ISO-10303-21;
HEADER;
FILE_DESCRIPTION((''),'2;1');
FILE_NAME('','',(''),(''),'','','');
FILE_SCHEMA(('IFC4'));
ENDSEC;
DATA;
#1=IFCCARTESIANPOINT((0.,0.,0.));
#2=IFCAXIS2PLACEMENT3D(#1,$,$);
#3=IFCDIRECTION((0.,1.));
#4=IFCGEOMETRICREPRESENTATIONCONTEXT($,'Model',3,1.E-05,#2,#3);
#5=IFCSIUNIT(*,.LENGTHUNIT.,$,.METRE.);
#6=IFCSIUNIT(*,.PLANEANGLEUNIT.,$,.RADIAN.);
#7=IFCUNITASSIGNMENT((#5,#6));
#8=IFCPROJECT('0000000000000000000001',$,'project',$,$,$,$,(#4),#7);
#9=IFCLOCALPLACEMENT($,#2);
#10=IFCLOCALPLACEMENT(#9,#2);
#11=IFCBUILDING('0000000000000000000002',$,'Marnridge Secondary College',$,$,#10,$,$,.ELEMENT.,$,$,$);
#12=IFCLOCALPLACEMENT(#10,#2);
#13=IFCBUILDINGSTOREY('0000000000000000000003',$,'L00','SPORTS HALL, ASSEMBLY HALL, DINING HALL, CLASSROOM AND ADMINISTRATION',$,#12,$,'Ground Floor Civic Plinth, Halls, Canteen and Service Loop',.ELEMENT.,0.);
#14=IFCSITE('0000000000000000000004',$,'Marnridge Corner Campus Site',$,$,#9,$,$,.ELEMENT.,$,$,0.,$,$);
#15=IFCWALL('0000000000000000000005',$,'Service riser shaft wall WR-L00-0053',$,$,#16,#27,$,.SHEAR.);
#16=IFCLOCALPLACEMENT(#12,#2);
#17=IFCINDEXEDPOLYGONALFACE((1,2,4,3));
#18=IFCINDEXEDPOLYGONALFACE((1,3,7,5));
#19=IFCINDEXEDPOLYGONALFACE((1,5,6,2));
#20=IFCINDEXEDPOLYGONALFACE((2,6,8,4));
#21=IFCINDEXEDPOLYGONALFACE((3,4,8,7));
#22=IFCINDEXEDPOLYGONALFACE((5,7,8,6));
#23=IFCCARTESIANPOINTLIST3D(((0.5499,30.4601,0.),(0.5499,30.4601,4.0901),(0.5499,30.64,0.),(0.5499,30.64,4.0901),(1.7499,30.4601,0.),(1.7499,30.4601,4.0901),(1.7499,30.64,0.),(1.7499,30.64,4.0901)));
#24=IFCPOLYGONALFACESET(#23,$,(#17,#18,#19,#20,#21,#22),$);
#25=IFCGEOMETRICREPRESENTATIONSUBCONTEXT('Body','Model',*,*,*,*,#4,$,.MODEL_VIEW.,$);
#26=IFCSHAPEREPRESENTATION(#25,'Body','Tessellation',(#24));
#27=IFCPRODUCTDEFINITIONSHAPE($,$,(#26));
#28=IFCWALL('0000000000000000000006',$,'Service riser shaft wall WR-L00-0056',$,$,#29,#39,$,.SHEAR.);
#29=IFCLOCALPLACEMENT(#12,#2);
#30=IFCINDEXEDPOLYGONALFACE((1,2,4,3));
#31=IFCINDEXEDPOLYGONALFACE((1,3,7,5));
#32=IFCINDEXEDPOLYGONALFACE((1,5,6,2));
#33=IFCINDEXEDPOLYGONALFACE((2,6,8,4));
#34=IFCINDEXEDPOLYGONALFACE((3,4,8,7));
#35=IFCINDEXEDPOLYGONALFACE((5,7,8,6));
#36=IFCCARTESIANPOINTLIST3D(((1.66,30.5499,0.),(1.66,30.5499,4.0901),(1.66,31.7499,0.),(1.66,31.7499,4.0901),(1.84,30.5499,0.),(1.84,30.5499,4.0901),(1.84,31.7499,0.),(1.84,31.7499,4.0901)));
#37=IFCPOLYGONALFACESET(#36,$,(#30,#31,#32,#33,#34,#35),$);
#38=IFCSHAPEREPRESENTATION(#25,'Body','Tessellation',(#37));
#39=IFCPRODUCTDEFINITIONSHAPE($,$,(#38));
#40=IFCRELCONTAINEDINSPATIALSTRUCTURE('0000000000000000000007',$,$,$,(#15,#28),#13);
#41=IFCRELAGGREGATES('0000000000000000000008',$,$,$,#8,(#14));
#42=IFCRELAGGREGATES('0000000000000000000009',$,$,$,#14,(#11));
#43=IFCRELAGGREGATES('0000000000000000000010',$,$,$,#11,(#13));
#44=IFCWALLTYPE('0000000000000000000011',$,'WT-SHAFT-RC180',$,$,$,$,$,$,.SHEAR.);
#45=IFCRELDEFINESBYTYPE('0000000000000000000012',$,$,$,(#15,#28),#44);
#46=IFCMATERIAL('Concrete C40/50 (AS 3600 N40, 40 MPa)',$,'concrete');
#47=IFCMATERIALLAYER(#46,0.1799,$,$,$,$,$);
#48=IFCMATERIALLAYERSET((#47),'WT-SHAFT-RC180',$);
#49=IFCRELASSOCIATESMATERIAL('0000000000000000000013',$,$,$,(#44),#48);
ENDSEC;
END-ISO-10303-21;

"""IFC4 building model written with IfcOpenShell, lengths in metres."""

from ifc_helpers import new_model, si_unit, direction, frame, frame_2d, origin, place, context, subcontext, project, spatial, rectangle, extrude, material, layer, layer_set, type_object, element, save


model = new_model("IFC4")

# Units and contexts
model_context = context("Model", 3, precision=1e-05, world=origin(), true_north=direction((0.0, 1.0)))
body_context = subcontext(model_context, "Body", "Model", "MODEL_VIEW")
ifc_project = project(units=[si_unit("LENGTHUNIT", "METRE"), si_unit("PLANEANGLEUNIT", "RADIAN")], contexts=[model_context])

# Site, building, storey
site_placement = place(None, origin())
site = spatial("IfcSite", under=ifc_project, at=site_placement, Name="Marnridge Corner Campus Site", CompositionType="ELEMENT", RefElevation=0.0)
building_placement = place(site_placement, origin())
building = spatial("IfcBuilding", under=site, at=building_placement, Name="Marnridge Secondary College", CompositionType="ELEMENT")
storey_placement = place(building_placement, origin())
storey = spatial("IfcBuildingStorey", under=building, at=storey_placement, Name="L00", Description="SPORTS HALL, ASSEMBLY HALL, DINING HALL, CLASSROOM AND ADMINISTRATION", LongName="Ground Floor Civic Plinth, Halls, Canteen and Service Loop", CompositionType="ELEMENT", Elevation=0.0)

# Walls
ifc_material_1 = material(Name="Concrete C40/50 (AS 3600 N40, 40 MPa)", Category="concrete")
ifc_layer_1 = layer(ifc_material_1, 0.1799)
ifc_layer_set_1 = layer_set([ifc_layer_1], Name="WT-SHAFT-RC180")
wall_type_1 = type_object("IfcWallType", Name="WT-SHAFT-RC180", PredefinedType="SHEAR", material=ifc_layer_set_1)
for number, where, z_axis, x_axis, name in (
    (1, (1.75, 30.55, 0.0), (0.0, 0.0, 1.0), (-1.0, 0.0, 0.0), "Service riser shaft wall WR-L00-0053"),
    (2, (1.75, 31.75, 0.0), (0.0, 0.0, 1.0), (0.0, -1.0, 0.0), "Service riser shaft wall WR-L00-0056"),
):
    element("IfcWall", number, at=place(storey_placement, frame(where, z_axis=z_axis, x_axis=x_axis)), inside=storey, type_object=wall_type_1, Name=name, PredefinedType="SHEAR", context=body_context, shape_type="SweptSolid", body=[
        extrude(rectangle(XDim=1.2, YDim=0.1799, at=frame_2d((0.6001, 0.0))), origin(), (0.0, 0.0, 1.0), 4.0901),
    ])

save(model, "model.ifc")
